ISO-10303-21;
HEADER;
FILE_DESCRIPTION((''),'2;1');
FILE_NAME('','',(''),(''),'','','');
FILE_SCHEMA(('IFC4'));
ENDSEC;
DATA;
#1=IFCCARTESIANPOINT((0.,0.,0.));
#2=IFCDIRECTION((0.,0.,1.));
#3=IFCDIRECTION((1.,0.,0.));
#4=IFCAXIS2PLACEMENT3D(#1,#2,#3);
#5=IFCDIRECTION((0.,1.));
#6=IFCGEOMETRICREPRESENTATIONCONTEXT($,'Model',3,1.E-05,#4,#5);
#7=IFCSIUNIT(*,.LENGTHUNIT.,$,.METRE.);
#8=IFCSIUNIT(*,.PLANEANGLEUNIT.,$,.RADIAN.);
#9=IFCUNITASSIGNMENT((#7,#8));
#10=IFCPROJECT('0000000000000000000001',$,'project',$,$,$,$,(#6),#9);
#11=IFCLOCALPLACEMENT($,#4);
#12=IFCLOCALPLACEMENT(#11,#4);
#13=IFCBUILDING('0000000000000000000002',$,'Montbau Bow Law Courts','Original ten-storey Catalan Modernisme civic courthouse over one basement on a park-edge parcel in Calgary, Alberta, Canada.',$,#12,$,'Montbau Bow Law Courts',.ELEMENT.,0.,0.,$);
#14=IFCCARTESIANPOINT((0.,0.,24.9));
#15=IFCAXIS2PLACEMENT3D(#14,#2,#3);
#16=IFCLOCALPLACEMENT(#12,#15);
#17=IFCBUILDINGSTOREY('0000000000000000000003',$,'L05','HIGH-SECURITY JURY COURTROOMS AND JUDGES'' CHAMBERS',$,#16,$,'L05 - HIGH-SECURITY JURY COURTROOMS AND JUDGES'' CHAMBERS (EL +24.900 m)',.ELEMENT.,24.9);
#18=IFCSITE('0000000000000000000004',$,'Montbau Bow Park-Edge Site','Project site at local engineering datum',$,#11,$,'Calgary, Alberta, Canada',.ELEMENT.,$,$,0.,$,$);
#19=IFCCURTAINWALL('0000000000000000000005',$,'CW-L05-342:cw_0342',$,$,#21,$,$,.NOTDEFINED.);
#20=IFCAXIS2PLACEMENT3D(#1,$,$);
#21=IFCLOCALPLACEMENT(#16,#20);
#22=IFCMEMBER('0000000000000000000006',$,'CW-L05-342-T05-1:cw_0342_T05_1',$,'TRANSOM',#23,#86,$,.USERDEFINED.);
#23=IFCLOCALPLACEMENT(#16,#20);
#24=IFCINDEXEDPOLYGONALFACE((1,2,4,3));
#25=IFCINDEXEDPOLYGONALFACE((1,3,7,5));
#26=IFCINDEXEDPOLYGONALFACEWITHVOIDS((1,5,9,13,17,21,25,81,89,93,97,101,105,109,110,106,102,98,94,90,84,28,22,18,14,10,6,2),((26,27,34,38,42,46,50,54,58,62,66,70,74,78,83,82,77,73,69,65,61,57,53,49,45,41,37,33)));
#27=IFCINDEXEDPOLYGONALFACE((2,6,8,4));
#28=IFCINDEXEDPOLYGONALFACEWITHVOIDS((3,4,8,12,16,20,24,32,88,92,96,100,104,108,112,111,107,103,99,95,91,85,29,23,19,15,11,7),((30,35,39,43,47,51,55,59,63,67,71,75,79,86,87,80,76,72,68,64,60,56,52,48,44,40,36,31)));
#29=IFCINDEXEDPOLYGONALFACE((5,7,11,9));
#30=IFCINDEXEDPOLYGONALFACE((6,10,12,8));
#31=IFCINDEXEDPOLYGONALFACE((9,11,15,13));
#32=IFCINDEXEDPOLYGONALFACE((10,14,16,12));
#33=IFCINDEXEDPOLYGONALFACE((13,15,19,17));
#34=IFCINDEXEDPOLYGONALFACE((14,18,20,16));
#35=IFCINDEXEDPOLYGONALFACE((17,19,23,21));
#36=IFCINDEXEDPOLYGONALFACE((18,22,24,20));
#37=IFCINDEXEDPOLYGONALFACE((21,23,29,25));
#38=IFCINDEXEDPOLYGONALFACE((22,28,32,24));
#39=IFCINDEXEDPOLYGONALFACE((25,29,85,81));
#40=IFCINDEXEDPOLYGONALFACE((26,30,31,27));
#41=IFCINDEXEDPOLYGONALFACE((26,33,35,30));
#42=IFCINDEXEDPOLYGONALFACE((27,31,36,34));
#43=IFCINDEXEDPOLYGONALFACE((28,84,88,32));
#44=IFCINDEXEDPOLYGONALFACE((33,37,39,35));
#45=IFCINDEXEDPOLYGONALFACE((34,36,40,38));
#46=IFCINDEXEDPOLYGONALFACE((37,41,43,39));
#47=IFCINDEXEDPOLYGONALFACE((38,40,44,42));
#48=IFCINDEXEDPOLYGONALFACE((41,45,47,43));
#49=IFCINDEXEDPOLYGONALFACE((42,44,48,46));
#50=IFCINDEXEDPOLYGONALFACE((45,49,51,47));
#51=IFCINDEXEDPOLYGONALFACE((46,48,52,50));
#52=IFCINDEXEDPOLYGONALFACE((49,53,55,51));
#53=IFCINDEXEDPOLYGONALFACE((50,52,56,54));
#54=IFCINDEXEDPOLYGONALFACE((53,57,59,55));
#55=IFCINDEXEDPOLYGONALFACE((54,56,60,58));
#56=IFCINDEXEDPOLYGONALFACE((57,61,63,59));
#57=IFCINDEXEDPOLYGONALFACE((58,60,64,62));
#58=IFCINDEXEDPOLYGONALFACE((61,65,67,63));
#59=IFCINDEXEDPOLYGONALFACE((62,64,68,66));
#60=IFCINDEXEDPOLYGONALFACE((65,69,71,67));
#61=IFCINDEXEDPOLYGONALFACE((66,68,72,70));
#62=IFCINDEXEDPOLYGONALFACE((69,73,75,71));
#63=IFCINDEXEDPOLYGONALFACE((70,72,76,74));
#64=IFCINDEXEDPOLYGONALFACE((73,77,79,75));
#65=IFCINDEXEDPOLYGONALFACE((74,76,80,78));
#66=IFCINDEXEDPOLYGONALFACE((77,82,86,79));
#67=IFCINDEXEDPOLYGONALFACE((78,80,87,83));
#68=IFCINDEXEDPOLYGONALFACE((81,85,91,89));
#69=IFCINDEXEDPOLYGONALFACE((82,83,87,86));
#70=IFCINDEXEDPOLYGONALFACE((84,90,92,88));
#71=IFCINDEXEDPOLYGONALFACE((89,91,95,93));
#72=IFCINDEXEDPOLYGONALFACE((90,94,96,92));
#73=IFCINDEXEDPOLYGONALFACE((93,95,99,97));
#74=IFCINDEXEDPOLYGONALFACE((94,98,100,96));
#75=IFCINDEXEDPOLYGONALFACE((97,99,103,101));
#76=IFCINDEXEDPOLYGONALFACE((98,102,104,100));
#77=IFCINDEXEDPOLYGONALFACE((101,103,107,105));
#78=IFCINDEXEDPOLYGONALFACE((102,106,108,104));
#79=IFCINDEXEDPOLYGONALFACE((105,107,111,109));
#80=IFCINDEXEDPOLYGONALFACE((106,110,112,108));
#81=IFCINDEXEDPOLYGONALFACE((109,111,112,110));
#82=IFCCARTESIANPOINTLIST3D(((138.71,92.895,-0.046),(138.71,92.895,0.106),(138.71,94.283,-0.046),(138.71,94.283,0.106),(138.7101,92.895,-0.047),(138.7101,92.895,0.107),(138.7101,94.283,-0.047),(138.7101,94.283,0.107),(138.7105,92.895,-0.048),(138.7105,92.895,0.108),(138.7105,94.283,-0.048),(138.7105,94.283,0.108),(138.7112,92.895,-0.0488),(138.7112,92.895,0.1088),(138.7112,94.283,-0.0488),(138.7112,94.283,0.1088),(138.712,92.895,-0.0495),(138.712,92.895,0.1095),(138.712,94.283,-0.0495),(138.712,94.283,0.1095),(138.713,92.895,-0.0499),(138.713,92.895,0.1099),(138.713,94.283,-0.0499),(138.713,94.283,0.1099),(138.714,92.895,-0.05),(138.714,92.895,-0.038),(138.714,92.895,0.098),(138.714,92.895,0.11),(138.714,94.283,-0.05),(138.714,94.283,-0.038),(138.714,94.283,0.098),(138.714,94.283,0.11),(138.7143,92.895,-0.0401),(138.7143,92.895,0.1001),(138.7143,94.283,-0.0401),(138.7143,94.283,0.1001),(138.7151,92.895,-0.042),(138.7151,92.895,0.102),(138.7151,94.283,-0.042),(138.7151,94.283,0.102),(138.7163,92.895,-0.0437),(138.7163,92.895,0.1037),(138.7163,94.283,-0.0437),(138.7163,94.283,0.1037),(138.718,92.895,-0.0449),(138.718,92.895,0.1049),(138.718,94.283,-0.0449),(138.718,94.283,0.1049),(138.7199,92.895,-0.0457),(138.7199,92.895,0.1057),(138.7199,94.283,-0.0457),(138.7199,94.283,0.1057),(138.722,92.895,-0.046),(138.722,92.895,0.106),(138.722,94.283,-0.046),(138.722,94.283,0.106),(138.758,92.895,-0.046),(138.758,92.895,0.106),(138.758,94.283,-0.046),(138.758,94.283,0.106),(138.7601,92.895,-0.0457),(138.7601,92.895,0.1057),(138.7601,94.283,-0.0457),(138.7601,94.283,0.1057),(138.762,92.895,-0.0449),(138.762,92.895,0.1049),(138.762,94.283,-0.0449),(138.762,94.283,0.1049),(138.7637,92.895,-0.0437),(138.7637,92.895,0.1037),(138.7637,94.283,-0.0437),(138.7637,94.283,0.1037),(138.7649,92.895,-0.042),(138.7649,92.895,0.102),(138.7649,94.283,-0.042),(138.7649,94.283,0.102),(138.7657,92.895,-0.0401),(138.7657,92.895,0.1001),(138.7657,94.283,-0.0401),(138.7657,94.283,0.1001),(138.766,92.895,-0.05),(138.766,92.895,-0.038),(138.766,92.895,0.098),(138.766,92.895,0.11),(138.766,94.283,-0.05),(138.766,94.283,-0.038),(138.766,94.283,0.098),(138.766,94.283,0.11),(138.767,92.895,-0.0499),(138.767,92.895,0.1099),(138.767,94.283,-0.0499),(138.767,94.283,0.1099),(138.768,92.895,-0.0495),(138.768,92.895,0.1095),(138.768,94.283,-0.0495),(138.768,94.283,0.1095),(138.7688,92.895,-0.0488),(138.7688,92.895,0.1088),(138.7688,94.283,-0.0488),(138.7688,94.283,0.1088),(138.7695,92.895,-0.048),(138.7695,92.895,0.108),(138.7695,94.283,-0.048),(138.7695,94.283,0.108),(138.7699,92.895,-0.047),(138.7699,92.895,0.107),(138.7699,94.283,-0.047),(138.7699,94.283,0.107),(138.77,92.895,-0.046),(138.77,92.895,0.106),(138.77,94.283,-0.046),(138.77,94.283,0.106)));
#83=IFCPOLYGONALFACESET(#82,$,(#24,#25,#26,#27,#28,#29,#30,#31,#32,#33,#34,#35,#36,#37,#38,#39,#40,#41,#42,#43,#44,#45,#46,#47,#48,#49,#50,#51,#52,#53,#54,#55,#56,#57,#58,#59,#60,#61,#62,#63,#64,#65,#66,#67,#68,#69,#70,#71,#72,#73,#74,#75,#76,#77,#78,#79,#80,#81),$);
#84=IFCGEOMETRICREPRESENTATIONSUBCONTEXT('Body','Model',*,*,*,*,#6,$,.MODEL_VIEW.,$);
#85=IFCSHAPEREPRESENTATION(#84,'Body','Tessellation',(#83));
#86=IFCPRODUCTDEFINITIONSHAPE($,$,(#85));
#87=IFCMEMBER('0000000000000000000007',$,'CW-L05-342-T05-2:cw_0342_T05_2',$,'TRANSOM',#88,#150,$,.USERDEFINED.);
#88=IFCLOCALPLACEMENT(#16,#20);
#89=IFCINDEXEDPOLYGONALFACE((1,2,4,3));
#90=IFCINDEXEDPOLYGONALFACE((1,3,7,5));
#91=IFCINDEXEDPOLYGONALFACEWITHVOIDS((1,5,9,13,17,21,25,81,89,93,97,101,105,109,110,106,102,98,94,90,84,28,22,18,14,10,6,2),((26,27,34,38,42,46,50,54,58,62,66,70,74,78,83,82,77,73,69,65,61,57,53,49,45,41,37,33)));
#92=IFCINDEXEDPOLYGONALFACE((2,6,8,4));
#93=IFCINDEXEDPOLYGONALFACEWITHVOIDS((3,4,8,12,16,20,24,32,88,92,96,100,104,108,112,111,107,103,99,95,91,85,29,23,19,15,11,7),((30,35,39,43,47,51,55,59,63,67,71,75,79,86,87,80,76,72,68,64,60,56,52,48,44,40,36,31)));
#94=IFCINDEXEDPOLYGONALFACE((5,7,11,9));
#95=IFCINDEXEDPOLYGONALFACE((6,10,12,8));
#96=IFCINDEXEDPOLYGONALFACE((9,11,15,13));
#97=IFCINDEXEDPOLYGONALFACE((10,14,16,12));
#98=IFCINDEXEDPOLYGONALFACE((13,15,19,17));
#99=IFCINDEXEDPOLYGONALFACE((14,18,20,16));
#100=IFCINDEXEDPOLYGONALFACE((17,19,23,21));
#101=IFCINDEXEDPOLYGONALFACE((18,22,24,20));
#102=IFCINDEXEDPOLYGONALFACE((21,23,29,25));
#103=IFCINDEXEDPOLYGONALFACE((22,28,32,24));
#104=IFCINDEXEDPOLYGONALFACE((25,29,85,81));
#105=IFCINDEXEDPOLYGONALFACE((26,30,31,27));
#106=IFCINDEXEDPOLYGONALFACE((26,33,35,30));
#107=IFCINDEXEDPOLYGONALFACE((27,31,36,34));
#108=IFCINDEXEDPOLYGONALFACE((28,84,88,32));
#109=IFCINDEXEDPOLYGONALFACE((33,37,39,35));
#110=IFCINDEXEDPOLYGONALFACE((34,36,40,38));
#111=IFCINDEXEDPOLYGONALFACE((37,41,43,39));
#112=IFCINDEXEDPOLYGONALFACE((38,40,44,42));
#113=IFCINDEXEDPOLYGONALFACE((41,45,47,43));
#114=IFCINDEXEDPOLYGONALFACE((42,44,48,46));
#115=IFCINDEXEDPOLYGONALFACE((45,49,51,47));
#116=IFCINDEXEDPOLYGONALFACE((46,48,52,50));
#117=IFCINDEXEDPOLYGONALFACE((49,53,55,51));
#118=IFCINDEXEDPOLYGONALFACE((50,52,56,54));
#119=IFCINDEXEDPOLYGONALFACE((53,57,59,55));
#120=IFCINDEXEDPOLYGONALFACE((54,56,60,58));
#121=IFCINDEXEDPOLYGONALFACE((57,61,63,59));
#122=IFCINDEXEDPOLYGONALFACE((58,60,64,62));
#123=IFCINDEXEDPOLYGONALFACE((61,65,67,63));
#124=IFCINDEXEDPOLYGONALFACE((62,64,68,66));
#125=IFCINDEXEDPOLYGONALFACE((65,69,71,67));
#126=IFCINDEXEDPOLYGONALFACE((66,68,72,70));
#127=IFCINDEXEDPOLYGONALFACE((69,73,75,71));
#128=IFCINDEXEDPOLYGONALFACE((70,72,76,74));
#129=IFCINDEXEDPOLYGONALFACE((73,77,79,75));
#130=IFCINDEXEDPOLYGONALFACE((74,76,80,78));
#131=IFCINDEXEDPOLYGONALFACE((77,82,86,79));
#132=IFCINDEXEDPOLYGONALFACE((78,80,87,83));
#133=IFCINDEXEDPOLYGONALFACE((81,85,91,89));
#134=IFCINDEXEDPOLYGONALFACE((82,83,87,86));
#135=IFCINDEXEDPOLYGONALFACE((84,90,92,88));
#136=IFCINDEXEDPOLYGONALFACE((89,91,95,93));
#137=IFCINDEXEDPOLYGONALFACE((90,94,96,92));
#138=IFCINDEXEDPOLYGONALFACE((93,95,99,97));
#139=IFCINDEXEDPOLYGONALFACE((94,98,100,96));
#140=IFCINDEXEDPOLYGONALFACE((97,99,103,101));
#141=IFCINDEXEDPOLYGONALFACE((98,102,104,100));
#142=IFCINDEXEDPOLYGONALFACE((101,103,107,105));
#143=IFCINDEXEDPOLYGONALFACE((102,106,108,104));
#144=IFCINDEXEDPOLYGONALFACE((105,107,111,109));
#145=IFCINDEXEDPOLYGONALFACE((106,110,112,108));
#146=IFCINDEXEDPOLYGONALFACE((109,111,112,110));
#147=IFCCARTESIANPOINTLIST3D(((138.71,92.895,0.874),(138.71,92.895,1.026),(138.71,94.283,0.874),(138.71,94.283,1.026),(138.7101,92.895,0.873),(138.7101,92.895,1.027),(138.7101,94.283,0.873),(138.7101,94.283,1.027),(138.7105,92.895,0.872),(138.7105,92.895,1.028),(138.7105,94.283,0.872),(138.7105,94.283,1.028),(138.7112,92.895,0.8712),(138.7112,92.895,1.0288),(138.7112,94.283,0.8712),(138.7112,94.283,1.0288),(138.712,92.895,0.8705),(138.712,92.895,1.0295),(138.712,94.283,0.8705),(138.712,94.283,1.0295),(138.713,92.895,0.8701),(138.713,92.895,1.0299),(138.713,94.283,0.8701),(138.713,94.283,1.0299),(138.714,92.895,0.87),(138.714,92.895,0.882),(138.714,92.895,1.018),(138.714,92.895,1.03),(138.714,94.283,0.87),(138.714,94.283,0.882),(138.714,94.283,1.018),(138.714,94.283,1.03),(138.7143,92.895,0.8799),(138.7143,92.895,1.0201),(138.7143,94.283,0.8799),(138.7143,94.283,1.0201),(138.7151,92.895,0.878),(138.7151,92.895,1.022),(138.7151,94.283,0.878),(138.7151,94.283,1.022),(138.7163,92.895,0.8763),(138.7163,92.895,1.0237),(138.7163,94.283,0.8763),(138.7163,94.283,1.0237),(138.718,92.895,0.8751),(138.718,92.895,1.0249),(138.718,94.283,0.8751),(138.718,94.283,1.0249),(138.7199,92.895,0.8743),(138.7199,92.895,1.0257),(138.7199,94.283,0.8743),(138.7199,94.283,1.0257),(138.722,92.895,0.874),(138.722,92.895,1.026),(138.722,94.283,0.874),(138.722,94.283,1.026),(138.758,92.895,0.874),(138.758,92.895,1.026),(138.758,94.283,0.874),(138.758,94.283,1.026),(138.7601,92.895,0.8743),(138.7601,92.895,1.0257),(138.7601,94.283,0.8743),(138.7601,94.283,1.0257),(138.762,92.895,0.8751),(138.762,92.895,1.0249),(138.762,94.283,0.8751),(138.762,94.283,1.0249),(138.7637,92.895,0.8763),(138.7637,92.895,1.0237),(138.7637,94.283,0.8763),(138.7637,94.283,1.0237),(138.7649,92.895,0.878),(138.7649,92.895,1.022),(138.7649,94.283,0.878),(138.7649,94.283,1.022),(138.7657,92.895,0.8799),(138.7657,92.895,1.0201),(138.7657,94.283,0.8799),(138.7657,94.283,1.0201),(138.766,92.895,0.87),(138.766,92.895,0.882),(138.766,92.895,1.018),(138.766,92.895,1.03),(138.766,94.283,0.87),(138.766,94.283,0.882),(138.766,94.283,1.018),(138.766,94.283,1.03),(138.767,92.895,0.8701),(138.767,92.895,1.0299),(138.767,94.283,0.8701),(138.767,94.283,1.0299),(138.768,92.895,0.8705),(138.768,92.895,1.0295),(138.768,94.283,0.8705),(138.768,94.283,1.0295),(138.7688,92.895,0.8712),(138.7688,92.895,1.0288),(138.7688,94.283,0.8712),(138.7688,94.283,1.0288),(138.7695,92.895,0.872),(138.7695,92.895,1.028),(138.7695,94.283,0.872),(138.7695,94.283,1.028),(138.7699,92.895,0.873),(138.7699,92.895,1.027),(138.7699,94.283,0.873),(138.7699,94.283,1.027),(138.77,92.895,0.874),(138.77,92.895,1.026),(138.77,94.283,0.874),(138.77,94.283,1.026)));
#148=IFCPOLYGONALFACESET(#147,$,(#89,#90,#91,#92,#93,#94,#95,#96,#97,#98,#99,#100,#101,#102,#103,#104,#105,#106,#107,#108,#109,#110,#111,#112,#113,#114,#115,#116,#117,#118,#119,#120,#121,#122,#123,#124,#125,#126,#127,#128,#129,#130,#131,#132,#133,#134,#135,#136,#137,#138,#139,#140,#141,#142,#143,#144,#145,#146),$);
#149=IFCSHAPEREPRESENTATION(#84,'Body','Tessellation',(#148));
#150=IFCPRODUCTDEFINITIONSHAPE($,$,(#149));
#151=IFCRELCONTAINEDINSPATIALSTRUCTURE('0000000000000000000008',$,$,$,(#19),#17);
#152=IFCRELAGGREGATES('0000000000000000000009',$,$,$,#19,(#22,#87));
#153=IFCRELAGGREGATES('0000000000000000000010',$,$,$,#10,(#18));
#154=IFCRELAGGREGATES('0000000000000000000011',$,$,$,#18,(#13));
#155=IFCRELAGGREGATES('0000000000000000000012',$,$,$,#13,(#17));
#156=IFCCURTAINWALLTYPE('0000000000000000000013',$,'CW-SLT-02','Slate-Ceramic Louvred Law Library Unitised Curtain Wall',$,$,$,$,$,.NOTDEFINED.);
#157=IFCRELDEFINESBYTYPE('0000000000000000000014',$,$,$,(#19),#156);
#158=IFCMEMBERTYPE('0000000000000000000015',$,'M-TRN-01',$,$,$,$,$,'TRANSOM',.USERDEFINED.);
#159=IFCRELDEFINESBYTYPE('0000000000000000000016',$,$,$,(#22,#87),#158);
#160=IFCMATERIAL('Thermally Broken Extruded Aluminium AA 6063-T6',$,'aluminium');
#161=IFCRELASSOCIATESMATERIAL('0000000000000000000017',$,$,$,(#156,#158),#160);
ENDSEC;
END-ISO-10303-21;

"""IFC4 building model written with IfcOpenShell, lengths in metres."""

from ifc_helpers import new_model, si_unit, direction, frame, origin_with_axes, origin_2d_with_axis, place, context, subcontext, project, spatial, hollow_rectangle, extrude, material, material_profile, profile_set, type_object, element, aggregate, save


model = new_model("IFC4")

# Units and contexts
model_context = context("Model", 3, precision=1e-05, world=origin_with_axes(), true_north=direction((0.0, 1.0)))
body_context = subcontext(model_context, "Body", "Model", "MODEL_VIEW")
ifc_project = project(units=[si_unit("LENGTHUNIT", "METRE"), si_unit("PLANEANGLEUNIT", "RADIAN")], contexts=[model_context])

# Site, building, storey
site_placement = place(None, origin_with_axes())
site = spatial("IfcSite", under=ifc_project, at=site_placement, Name="Montbau Bow Park-Edge Site", Description="Project site at local engineering datum", LongName="Calgary, Alberta, Canada", CompositionType="ELEMENT", RefElevation=0.0)
building_placement = place(site_placement, origin_with_axes())
building = spatial("IfcBuilding", under=site, at=building_placement, Name="Montbau Bow Law Courts", Description="Original ten-storey Catalan Modernisme civic courthouse over one basement on a park-edge parcel in Calgary, Alberta, Canada.", LongName="Montbau Bow Law Courts", CompositionType="ELEMENT", ElevationOfRefHeight=0.0, ElevationOfTerrain=0.0)
storey_placement = place(building_placement, frame((0.0, 0.0, 24.9), z_axis=(0.0, 0.0, 1.0), x_axis=(1.0, 0.0, 0.0)))
storey = spatial("IfcBuildingStorey", under=building, at=storey_placement, Name="L05", Description="HIGH-SECURITY JURY COURTROOMS AND JUDGES' CHAMBERS", LongName="L05 - HIGH-SECURITY JURY COURTROOMS AND JUDGES' CHAMBERS (EL +24.900 m)", CompositionType="ELEMENT", Elevation=24.9)

# Curtain wall
ifc_material_1 = material(Name="Thermally Broken Extruded Aluminium AA 6063-T6", Category="aluminium")
curtain_wall_type = type_object("IfcCurtainWallType", Name="CW-SLT-02", Description="Slate-Ceramic Louvred Law Library Unitised Curtain Wall", PredefinedType="NOTDEFINED", material=ifc_material_1)
curtain_wall_1_placement = place(None, frame((138.74, 86.84, 24.9), z_axis=(0.0, 0.0, 1.0), x_axis=(1.0, 0.0, 0.0)))
curtain_wall_1 = element("IfcCurtainWall", 1, at=curtain_wall_1_placement, inside=storey, type_object=curtain_wall_type, Name="CW-L05-342:cw_0342", PredefinedType="NOTDEFINED")

# Members
ifc_material_profile_1 = material_profile(ifc_material_1, hollow_rectangle(XDim=0.06, YDim=0.16, WallThickness=0.004, InnerFilletRadius=0.008, OuterFilletRadius=0.004, at=origin_2d_with_axis()), Name="CWT-160X60", Category="Main", Priority=0)
ifc_profile_set_1 = profile_set([ifc_material_profile_1], Name="Thermally Broken Extruded Aluminium AA 6063-T6")
member_type_1 = type_object("IfcMemberType", Name="M-TRN-01", ElementType="TRANSOM", PredefinedType="USERDEFINED", material=ifc_profile_set_1)
member_1_placement = place(None, frame((138.74, 92.895, 24.93), z_axis=(0.0, 1.0, 0.0), x_axis=(-1.0, 0.0, 0.0)))
member_1 = element("IfcMember", 2, at=member_1_placement, type_object=member_type_1, Name="CW-L05-342-T05-1:cw_0342_T05_1", ObjectType="TRANSOM", PredefinedType="USERDEFINED", context=body_context, shape_type="SweptSolid", body=[
    extrude(hollow_rectangle(XDim=0.06, YDim=0.16, WallThickness=0.004, InnerFilletRadius=0.008, OuterFilletRadius=0.004, at=origin_2d_with_axis()), origin_with_axes(), (0.0, 0.0, 1.0), 1.388),
])
member_2_placement = place(None, frame((138.74, 92.895, 25.85), z_axis=(0.0, 1.0, 0.0), x_axis=(-1.0, 0.0, 0.0)))
member_2 = element("IfcMember", 3, at=member_2_placement, type_object=member_type_1, Name="CW-L05-342-T05-2:cw_0342_T05_2", ObjectType="TRANSOM", PredefinedType="USERDEFINED", context=body_context, shape_type="SweptSolid", body=[
    extrude(hollow_rectangle(XDim=0.06, YDim=0.16, WallThickness=0.004, InnerFilletRadius=0.008, OuterFilletRadius=0.004, at=origin_2d_with_axis()), origin_with_axes(), (0.0, 0.0, 1.0), 1.388),
])

aggregate(curtain_wall_1, [member_1, member_2])

save(model, "model.ifc")
